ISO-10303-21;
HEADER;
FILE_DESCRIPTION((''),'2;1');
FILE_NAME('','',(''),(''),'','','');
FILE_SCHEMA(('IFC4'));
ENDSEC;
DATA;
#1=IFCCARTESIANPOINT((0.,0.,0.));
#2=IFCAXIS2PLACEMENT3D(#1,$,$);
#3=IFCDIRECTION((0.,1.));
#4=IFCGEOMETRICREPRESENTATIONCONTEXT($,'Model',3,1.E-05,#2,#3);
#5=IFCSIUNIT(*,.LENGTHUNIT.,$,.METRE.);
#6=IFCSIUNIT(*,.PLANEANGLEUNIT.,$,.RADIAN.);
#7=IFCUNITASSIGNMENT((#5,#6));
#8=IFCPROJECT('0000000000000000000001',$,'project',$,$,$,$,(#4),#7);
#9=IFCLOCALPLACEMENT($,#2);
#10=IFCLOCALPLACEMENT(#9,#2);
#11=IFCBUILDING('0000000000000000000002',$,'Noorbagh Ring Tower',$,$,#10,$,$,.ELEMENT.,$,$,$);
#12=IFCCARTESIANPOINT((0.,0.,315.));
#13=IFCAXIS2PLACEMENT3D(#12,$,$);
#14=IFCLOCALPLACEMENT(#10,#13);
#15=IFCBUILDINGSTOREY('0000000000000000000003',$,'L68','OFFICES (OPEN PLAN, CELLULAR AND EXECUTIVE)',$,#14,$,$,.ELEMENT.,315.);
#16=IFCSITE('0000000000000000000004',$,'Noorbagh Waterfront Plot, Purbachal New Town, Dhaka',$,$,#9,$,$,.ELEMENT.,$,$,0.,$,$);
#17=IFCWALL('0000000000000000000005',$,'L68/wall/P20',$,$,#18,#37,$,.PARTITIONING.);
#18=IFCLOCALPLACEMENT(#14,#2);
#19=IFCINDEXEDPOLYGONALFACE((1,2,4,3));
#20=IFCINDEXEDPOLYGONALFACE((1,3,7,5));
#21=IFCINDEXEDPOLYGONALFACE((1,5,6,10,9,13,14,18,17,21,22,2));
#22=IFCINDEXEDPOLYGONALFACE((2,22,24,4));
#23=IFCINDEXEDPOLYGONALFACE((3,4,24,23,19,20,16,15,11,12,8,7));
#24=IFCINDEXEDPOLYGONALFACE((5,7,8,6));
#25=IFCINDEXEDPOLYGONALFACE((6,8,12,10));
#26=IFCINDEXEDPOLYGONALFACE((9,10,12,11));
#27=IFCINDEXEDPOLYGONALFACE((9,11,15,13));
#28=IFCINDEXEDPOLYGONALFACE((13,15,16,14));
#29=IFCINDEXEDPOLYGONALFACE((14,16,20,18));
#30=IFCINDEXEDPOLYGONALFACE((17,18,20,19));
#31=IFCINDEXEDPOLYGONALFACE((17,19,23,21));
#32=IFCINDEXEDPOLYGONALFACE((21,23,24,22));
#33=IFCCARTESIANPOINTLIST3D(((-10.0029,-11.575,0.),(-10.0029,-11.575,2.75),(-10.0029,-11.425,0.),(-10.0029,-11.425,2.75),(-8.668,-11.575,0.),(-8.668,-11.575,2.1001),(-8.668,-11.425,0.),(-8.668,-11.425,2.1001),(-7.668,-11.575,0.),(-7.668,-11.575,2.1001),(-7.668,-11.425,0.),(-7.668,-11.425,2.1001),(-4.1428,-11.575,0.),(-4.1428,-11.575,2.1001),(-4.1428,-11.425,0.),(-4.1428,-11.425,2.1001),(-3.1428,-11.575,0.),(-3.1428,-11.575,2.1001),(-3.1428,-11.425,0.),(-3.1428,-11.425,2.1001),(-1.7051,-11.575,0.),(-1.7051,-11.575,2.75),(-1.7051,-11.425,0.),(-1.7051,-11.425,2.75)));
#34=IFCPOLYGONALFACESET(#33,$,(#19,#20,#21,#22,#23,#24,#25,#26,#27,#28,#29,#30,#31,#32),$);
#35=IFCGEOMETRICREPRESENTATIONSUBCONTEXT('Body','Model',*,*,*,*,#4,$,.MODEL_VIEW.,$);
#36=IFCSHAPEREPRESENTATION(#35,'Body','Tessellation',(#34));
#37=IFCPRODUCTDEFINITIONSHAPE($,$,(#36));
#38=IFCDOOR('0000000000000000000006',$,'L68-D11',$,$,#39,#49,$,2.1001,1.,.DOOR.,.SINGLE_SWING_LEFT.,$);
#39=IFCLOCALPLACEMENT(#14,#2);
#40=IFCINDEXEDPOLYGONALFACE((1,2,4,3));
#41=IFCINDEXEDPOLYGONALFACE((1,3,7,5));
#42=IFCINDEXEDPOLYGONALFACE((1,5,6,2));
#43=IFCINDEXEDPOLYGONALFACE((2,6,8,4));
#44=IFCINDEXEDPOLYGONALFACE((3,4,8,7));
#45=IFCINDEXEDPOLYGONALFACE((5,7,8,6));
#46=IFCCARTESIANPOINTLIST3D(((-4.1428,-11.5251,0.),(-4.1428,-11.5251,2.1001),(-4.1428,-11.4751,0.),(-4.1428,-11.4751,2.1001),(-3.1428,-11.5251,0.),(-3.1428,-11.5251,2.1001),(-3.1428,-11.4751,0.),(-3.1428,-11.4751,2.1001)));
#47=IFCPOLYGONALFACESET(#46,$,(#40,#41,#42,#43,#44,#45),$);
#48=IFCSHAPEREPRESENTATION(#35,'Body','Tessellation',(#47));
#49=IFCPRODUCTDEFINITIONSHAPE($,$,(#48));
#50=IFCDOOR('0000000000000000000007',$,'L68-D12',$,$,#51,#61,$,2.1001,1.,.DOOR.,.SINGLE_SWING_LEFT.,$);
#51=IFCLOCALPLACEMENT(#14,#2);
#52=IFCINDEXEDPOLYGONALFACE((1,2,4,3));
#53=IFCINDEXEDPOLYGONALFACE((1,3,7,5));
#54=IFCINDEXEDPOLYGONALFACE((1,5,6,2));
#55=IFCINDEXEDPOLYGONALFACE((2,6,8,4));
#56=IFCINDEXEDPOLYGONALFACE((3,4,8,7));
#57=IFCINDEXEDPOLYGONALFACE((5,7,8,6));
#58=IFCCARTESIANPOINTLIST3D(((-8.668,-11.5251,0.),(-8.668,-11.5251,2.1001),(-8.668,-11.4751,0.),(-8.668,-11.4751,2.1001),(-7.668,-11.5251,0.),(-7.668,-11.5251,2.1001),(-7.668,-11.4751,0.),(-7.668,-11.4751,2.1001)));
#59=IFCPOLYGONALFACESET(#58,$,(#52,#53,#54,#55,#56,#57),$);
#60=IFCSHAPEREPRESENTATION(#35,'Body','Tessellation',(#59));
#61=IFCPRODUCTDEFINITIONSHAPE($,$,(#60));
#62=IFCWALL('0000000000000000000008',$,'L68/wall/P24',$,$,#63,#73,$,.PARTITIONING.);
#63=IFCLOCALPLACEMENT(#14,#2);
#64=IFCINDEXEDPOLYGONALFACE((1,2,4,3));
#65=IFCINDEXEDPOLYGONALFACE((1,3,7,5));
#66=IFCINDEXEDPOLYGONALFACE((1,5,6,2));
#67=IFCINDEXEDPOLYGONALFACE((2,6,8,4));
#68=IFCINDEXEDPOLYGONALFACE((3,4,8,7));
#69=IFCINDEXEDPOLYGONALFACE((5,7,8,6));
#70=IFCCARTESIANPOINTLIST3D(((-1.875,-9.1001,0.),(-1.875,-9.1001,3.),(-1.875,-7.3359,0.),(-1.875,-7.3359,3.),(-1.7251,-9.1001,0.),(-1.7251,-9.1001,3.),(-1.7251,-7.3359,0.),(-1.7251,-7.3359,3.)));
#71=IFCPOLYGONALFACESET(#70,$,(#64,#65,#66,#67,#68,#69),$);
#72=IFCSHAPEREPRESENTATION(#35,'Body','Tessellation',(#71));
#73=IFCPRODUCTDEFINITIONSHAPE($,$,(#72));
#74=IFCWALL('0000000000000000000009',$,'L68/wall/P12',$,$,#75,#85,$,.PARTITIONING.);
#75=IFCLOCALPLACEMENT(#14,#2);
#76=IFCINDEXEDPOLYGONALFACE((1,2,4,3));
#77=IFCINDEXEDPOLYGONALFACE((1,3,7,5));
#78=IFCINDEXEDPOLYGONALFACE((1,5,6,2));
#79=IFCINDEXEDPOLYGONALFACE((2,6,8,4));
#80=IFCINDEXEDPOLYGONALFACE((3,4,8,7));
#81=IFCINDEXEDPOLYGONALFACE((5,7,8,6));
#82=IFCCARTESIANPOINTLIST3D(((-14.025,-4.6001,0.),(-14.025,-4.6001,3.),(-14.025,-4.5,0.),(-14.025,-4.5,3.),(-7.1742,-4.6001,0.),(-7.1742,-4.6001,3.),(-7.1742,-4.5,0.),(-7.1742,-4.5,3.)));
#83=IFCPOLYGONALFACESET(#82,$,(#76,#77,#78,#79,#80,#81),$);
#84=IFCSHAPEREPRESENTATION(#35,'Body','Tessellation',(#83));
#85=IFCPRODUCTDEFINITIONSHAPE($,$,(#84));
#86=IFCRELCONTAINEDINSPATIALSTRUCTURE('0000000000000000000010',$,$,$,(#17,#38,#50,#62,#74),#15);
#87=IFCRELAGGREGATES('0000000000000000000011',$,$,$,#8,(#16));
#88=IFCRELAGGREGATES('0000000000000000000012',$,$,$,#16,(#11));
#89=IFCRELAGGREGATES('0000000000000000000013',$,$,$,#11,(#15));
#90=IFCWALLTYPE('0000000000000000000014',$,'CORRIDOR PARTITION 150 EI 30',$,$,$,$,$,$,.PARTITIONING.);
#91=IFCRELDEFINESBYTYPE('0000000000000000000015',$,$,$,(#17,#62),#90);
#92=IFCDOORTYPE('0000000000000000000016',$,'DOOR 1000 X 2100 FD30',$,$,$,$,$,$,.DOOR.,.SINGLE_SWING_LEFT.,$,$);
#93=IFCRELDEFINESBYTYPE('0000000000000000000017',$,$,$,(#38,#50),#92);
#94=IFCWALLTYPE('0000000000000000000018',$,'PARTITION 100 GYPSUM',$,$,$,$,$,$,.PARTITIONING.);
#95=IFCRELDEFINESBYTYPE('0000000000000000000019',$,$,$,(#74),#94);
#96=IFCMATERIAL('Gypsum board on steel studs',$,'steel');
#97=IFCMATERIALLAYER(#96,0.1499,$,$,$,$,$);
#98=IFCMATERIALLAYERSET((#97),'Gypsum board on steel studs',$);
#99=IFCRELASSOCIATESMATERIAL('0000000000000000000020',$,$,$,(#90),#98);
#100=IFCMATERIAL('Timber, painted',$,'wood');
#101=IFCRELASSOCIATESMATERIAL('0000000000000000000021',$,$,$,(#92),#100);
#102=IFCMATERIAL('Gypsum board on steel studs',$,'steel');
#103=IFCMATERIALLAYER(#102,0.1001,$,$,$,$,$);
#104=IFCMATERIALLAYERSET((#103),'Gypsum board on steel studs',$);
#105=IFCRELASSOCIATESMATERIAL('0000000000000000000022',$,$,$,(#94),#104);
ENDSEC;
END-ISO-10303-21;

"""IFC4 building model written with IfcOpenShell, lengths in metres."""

from ifc_helpers import new_model, si_unit, direction, frame, frame_2d, origin, place, context, subcontext, project, spatial, rectangle, extrude, material, layer, layer_set, type_object, element, fill, save


model = new_model("IFC4")

# Units and contexts
model_context = context("Model", 3, precision=1e-05, world=origin(), true_north=direction((0.0, 1.0)))
body_context = subcontext(model_context, "Body", "Model", "MODEL_VIEW")
ifc_project = project(units=[si_unit("LENGTHUNIT", "METRE"), si_unit("PLANEANGLEUNIT", "RADIAN")], contexts=[model_context])

# Site, building, storey
site_placement = place(None, origin())
site = spatial("IfcSite", under=ifc_project, at=site_placement, Name="Noorbagh Waterfront Plot, Purbachal New Town, Dhaka", CompositionType="ELEMENT", RefElevation=0.0)
building_placement = place(site_placement, origin())
building = spatial("IfcBuilding", under=site, at=building_placement, Name="Noorbagh Ring Tower", CompositionType="ELEMENT")
storey_placement = place(building_placement, frame((0.0, 0.0, 315.0)))
storey = spatial("IfcBuildingStorey", under=building, at=storey_placement, Name="L68", Description="OFFICES (OPEN PLAN, CELLULAR AND EXECUTIVE)", CompositionType="ELEMENT", Elevation=315.0)

# Shared definitions
ifc_material_1 = material(Name="Gypsum board on steel studs", Category="steel")
ifc_layer_1 = layer(ifc_material_1, 0.1499)
ifc_layer_set_1 = layer_set([ifc_layer_1], Name="Gypsum board on steel studs")
wall_type_1 = type_object("IfcWallType", Name="CORRIDOR PARTITION 150 EI 30", PredefinedType="PARTITIONING", material=ifc_layer_set_1)

# Shared definitions
ifc_material_2 = material(Name="Timber, painted", Category="wood")
door_type_1 = type_object("IfcDoorType", Name="DOOR 1000 X 2100 FD30", OperationType="SINGLE_SWING_LEFT", PredefinedType="DOOR", material=ifc_material_2)

# Wall, openings, doors
wall_1_placement = place(storey_placement, frame((-10.0029, -11.5, 0.0), z_axis=(0.0, 0.0, 1.0), x_axis=(1.0, 0.0, 0.0)))
wall_1 = element("IfcWall", 1, at=wall_1_placement, inside=storey, type_object=wall_type_1, Name="L68/wall/P20", PredefinedType="PARTITIONING", context=body_context, shape_type="SweptSolid", body=[
    extrude(rectangle(XDim=8.2979, YDim=0.1499, at=frame_2d((4.1489, 0.0))), origin(), (0.0, 0.0, 1.0), 2.75),
])
opening_1_placement = place(wall_1_placement, frame((5.8601, 0.0, 0.0)))
opening_1 = element("IfcOpeningElement", 2, at=opening_1_placement, cuts=wall_1, PredefinedType="OPENING", context=body_context, shape_type="SweptSolid", body=[
    extrude(rectangle(XDim=1.0, YDim=2.1001, at=frame_2d((0.5, 1.05))), frame((0.0, 0.085, 0.0), z_axis=(0.0, -1.0, 0.0), x_axis=(1.0, 0.0, 0.0)), (0.0, 0.0, 1.0), 0.1699),
])
opening_2_placement = place(wall_1_placement, frame((1.335, 0.0, 0.0)))
opening_2 = element("IfcOpeningElement", 3, at=opening_2_placement, cuts=wall_1, PredefinedType="OPENING", context=body_context, shape_type="SweptSolid", body=[
    extrude(rectangle(XDim=1.0, YDim=2.1001, at=frame_2d((0.5, 1.05))), frame((0.0, 0.085, 0.0), z_axis=(0.0, -1.0, 0.0), x_axis=(1.0, 0.0, 0.0)), (0.0, 0.0, 1.0), 0.1699),
])
door_1_placement = place(opening_1_placement, origin())
door_1 = element("IfcDoor", 4, at=door_1_placement, inside=storey, type_object=door_type_1, Name="L68-D11", OperationType="SINGLE_SWING_LEFT", OverallHeight=2.1001, OverallWidth=1.0, PredefinedType="DOOR", context=body_context, shape_type="SweptSolid", body=[
    extrude(rectangle(XDim=1.0, YDim=2.1001, at=frame_2d((0.5, 1.05))), frame((0.0, 0.0249, 0.0), z_axis=(0.0, -1.0, 0.0), x_axis=(1.0, 0.0, 0.0)), (0.0, 0.0, 1.0), 0.05),
])
fill(opening_1, door_1)
door_2_placement = place(opening_2_placement, origin())
door_2 = element("IfcDoor", 5, at=door_2_placement, inside=storey, type_object=door_type_1, Name="L68-D12", OperationType="SINGLE_SWING_LEFT", OverallHeight=2.1001, OverallWidth=1.0, PredefinedType="DOOR", context=body_context, shape_type="SweptSolid", body=[
    extrude(rectangle(XDim=1.0, YDim=2.1001, at=frame_2d((0.5, 1.05))), frame((0.0, 0.0249, 0.0), z_axis=(0.0, -1.0, 0.0), x_axis=(1.0, 0.0, 0.0)), (0.0, 0.0, 1.0), 0.05),
])
fill(opening_2, door_2)

# Walls
wall_2_placement = place(storey_placement, frame((-1.8, -9.1001, 0.0), z_axis=(0.0, 0.0, 1.0), x_axis=(0.0, 1.0, 0.0)))
element("IfcWall", 6, at=wall_2_placement, inside=storey, type_object=wall_type_1, Name="L68/wall/P24", PredefinedType="PARTITIONING", context=body_context, shape_type="SweptSolid", body=[
    extrude(rectangle(XDim=1.7642, YDim=0.1499, at=frame_2d((0.8821, 0.0))), origin(), (0.0, 0.0, 1.0), 3.0),
])
ifc_material_3 = material(Name="Gypsum board on steel studs", Category="steel")
ifc_layer_2 = layer(ifc_material_3, 0.1001)
ifc_layer_set_2 = layer_set([ifc_layer_2], Name="Gypsum board on steel studs")
wall_type_2 = type_object("IfcWallType", Name="PARTITION 100 GYPSUM", PredefinedType="PARTITIONING", material=ifc_layer_set_2)
wall_3_placement = place(storey_placement, frame((-14.0249, -4.55, 0.0), z_axis=(0.0, 0.0, 1.0), x_axis=(1.0, 0.0, 0.0)))
element("IfcWall", 7, at=wall_3_placement, inside=storey, type_object=wall_type_2, Name="L68/wall/P12", PredefinedType="PARTITIONING", context=body_context, shape_type="SweptSolid", body=[
    extrude(rectangle(XDim=6.8508, YDim=0.1001, at=frame_2d((3.4253, 0.0))), origin(), (0.0, 0.0, 1.0), 3.0),
])

save(model, "model.ifc")
